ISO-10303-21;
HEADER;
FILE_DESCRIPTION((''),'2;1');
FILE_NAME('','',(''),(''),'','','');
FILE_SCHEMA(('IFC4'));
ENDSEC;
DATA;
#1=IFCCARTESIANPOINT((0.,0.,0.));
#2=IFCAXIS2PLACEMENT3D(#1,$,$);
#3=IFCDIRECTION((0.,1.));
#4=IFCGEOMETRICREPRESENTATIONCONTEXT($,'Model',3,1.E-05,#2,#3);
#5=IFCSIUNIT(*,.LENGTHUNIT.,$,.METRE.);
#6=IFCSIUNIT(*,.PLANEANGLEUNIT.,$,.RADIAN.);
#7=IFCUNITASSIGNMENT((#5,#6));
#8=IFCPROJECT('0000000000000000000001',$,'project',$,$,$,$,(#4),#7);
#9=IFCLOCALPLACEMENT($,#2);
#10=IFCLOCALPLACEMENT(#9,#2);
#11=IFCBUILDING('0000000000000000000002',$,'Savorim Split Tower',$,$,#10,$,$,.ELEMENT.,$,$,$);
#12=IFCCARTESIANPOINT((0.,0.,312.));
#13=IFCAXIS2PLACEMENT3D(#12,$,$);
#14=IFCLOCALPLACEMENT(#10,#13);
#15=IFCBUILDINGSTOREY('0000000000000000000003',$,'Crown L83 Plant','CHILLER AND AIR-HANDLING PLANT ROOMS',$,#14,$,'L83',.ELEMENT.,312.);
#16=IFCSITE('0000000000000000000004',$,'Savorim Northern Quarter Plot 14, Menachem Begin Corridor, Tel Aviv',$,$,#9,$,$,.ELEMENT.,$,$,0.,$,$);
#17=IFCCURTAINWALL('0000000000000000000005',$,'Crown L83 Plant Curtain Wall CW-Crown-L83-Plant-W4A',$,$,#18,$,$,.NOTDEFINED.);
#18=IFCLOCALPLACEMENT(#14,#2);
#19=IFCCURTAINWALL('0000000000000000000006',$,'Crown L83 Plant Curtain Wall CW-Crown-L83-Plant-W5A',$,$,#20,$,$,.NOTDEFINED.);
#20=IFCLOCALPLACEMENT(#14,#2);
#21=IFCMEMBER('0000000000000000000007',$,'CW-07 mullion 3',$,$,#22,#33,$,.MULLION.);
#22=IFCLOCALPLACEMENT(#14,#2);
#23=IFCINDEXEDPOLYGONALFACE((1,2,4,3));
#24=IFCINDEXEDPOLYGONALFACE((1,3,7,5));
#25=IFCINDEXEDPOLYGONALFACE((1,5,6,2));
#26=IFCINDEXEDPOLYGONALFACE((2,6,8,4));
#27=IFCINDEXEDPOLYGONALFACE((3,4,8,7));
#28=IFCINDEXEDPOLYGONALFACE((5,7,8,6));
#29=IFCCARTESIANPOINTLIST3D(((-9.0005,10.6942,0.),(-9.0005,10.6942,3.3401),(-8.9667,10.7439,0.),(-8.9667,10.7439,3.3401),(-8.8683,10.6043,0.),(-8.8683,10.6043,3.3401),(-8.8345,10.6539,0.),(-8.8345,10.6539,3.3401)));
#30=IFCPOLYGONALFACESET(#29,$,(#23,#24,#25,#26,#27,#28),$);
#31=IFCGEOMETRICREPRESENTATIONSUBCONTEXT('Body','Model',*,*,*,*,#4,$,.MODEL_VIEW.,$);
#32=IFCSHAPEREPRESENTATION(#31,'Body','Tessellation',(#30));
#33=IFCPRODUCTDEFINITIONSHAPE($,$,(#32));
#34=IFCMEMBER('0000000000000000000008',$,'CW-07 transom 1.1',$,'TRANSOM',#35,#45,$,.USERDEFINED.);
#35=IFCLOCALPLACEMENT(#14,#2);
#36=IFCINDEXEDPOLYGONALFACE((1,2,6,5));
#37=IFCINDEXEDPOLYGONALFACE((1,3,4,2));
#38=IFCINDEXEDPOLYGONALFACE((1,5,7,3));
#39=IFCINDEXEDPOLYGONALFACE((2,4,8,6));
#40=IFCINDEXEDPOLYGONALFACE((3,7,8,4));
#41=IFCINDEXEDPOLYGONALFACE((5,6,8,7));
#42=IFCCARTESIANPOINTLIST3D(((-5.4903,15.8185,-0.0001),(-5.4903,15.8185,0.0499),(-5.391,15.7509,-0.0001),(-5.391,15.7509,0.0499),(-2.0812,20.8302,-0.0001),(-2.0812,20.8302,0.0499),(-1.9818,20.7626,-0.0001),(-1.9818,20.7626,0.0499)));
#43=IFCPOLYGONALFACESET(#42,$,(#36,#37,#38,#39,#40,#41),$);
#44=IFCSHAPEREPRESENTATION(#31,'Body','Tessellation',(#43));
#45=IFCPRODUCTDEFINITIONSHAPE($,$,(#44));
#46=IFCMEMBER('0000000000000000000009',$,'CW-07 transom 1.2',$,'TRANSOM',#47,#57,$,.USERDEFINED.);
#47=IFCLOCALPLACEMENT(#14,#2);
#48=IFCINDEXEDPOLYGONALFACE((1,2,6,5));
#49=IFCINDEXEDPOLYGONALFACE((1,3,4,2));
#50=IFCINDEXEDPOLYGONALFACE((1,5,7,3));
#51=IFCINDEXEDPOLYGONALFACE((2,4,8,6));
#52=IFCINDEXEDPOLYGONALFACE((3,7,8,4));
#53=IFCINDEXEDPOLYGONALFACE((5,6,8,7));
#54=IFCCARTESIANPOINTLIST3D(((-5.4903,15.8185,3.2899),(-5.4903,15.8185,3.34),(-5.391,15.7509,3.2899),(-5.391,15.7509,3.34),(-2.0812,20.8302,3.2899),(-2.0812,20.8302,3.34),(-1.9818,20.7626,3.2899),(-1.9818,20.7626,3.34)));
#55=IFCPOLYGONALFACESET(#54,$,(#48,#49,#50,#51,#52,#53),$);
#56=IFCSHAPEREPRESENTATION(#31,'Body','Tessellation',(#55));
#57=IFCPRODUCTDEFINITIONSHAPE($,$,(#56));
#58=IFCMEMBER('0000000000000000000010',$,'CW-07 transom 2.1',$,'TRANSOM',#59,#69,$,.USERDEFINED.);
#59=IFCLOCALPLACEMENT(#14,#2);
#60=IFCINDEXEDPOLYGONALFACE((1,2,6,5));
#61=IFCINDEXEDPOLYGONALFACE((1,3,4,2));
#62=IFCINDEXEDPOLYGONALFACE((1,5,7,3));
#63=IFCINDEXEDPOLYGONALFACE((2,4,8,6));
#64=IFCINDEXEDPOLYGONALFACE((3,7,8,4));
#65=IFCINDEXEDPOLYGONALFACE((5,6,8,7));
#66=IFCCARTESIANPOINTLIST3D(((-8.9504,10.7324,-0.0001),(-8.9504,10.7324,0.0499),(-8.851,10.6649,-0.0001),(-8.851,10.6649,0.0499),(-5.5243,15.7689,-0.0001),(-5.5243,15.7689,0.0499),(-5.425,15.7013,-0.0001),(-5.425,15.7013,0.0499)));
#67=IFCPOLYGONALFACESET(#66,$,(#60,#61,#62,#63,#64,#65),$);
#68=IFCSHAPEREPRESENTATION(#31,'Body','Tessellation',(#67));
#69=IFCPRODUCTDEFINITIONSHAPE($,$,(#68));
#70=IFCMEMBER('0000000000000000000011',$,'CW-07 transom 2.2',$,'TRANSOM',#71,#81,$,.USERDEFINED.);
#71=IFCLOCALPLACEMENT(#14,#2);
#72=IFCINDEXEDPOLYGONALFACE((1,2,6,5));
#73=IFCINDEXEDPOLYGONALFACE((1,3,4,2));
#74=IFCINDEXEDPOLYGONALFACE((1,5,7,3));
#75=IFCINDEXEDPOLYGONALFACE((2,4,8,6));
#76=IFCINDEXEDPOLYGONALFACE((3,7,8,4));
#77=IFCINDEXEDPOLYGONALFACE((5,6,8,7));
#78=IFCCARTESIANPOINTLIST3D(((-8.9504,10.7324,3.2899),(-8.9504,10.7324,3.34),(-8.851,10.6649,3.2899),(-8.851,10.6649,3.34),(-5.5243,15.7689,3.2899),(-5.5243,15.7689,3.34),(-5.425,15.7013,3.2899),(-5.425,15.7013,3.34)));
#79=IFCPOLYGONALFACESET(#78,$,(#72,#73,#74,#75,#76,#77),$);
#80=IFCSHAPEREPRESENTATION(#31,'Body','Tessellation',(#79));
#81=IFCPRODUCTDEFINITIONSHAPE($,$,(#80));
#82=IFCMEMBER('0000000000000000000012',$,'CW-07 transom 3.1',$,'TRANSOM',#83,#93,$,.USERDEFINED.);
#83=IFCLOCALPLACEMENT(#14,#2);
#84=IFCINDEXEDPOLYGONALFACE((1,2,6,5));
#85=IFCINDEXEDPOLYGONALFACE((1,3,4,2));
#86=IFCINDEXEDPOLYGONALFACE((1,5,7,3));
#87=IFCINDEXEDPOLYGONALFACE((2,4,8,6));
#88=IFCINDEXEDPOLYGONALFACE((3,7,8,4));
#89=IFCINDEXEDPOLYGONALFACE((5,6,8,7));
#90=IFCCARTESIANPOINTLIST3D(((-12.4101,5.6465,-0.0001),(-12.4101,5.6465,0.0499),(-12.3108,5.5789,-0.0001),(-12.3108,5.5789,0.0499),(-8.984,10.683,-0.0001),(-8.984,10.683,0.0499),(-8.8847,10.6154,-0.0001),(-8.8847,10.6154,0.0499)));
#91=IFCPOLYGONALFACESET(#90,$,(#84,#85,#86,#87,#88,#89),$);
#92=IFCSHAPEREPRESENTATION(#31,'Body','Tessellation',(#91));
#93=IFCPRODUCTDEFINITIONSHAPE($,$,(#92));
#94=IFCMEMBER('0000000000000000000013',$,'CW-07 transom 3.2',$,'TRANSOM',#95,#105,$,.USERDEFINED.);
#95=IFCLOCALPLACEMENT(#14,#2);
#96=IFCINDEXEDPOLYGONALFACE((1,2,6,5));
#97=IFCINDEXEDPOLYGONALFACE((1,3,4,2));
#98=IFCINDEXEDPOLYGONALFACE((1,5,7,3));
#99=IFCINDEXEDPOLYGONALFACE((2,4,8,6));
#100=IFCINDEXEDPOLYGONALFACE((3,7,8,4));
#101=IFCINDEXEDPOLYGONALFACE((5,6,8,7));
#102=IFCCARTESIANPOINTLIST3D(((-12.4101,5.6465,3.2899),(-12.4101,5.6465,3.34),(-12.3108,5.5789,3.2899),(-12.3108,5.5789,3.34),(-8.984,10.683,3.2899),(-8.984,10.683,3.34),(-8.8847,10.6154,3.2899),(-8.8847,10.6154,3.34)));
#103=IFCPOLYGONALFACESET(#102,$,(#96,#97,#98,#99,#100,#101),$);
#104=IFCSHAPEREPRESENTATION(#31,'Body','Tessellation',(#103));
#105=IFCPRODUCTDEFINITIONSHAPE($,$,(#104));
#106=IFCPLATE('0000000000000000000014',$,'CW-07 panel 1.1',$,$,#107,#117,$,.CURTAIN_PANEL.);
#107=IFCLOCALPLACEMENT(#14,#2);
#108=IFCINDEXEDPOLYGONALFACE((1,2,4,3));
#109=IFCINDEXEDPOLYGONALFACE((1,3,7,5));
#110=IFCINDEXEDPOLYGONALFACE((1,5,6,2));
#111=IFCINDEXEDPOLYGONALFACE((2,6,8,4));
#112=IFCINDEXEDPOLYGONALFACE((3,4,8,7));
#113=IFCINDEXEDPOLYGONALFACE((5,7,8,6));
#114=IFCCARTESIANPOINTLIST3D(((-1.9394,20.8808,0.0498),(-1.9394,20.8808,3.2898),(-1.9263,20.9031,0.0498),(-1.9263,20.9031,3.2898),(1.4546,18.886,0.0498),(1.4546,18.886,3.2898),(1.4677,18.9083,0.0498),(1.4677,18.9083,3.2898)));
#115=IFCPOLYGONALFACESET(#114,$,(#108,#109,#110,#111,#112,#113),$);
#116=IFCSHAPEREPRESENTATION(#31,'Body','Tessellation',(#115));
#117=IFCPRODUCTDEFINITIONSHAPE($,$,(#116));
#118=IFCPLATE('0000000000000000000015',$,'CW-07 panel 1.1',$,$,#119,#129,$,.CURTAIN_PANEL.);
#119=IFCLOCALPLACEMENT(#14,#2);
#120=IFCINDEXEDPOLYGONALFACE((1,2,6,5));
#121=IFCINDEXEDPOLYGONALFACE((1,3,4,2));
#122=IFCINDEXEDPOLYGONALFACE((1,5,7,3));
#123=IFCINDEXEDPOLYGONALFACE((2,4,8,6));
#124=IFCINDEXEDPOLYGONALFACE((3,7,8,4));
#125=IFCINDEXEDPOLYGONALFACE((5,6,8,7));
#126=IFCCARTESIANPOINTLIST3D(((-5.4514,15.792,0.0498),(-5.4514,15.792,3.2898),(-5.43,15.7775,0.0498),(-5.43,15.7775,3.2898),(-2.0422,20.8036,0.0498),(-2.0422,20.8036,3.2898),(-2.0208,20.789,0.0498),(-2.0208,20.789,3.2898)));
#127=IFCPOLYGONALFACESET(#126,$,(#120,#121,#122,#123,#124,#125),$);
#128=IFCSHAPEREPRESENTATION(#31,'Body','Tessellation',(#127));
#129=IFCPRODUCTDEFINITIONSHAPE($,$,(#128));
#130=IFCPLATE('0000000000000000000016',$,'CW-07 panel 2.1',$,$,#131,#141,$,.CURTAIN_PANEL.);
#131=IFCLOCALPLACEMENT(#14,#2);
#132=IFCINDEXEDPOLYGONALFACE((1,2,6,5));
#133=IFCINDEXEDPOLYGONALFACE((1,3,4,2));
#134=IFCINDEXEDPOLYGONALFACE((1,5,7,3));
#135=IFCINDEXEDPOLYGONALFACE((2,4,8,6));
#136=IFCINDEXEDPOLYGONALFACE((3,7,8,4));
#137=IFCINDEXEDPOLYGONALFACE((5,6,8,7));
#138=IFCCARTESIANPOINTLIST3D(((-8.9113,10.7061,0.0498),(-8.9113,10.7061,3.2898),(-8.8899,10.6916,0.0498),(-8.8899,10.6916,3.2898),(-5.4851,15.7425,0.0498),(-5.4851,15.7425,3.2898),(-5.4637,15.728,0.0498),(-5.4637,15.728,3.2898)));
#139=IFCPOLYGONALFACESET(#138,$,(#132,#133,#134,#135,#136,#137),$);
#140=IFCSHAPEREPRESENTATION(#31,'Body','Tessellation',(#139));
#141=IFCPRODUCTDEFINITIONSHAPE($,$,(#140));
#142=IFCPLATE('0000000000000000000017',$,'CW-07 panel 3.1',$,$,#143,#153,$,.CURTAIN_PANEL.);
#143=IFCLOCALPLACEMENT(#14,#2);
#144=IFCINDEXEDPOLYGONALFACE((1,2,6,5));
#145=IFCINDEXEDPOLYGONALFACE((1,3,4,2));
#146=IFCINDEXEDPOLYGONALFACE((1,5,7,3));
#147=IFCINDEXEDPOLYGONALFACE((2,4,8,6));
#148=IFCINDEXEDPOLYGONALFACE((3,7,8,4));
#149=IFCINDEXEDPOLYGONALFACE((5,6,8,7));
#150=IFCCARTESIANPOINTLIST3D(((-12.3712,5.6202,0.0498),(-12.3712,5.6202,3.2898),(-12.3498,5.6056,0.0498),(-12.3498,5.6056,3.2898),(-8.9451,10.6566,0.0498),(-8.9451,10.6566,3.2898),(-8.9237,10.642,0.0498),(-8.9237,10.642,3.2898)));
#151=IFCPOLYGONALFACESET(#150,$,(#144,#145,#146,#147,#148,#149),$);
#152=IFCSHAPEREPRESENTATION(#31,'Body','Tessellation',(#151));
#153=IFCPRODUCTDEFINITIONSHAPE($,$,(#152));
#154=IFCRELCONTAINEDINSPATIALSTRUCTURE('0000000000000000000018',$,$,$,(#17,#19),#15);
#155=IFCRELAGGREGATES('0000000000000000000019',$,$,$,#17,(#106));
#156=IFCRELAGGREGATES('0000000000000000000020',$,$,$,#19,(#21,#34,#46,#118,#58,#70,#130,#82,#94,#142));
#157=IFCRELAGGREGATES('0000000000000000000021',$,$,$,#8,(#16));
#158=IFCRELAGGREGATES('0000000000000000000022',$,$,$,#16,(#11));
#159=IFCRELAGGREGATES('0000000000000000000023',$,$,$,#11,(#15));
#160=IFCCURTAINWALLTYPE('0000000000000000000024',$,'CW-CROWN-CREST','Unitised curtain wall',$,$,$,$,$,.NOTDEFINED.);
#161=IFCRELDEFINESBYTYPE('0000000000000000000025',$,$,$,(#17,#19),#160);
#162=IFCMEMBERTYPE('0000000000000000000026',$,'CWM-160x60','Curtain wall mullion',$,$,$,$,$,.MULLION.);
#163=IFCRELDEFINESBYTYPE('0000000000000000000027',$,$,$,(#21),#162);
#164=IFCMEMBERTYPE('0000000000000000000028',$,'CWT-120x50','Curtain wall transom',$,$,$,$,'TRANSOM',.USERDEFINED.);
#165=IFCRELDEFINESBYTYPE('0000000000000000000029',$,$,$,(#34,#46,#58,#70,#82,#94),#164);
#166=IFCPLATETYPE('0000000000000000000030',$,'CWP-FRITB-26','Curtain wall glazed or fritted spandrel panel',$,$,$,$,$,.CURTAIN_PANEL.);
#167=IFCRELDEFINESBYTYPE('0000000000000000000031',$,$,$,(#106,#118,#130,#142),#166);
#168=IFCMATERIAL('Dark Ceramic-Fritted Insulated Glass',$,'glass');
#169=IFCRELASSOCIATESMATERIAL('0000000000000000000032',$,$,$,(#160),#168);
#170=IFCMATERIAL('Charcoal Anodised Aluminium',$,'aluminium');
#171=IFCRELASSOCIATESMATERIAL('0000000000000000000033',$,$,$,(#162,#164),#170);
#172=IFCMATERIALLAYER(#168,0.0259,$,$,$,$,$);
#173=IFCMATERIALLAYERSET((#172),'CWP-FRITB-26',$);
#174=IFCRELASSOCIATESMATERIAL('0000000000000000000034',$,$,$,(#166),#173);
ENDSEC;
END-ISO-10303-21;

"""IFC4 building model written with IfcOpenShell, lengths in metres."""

from ifc_helpers import new_model, si_unit, direction, frame, origin, origin_2d, place, context, subcontext, project, spatial, rectangle, extrude, material, layer, layer_set, material_profile, profile_set, type_object, element, aggregate, save


model = new_model("IFC4")

# Units and contexts
model_context = context("Model", 3, precision=1e-05, world=origin(), true_north=direction((0.0, 1.0)))
body_context = subcontext(model_context, "Body", "Model", "MODEL_VIEW")
ifc_project = project(units=[si_unit("LENGTHUNIT", "METRE"), si_unit("PLANEANGLEUNIT", "RADIAN")], contexts=[model_context])

# Site, building, storey
site_placement = place(None, origin())
site = spatial("IfcSite", under=ifc_project, at=site_placement, Name="Savorim Northern Quarter Plot 14, Menachem Begin Corridor, Tel Aviv", CompositionType="ELEMENT", RefElevation=0.0)
building_placement = place(site_placement, origin())
building = spatial("IfcBuilding", under=site, at=building_placement, Name="Savorim Split Tower", CompositionType="ELEMENT")
storey_placement = place(building_placement, frame((0.0, 0.0, 312.0)))
storey = spatial("IfcBuildingStorey", under=building, at=storey_placement, Name="Crown L83 Plant", Description="CHILLER AND AIR-HANDLING PLANT ROOMS", LongName="L83", CompositionType="ELEMENT", Elevation=312.0)

# Curtain wall
ifc_material_1 = material(Name="Dark Ceramic-Fritted Insulated Glass", Category="glass")
curtain_wall_type = type_object("IfcCurtainWallType", Name="CW-CROWN-CREST", Description="Unitised curtain wall", PredefinedType="NOTDEFINED", material=ifc_material_1)
curtain_wall_1_placement = place(storey_placement, origin())
curtain_wall_1 = element("IfcCurtainWall", 1, at=curtain_wall_1_placement, inside=storey, type_object=curtain_wall_type, Name="Crown L83 Plant Curtain Wall CW-Crown-L83-Plant-W4A", PredefinedType="NOTDEFINED")
ifc_material_2 = material(Name="Charcoal Anodised Aluminium", Category="aluminium")
ifc_material_profile_1 = material_profile(ifc_material_2, rectangle(XDim=0.1599, YDim=0.0601, at=origin_2d()), Name="ALU-M 160x60")
ifc_profile_set_1 = profile_set([ifc_material_profile_1], Name="Charcoal Anodised Aluminium")
member_type_1 = type_object("IfcMemberType", Name="CWM-160x60", Description="Curtain wall mullion", PredefinedType="MULLION", material=ifc_profile_set_1)

# Curtain wall, members
curtain_wall_2_placement = place(storey_placement, origin())
curtain_wall_2 = element("IfcCurtainWall", 2, at=curtain_wall_2_placement, inside=storey, type_object=curtain_wall_type, Name="Crown L83 Plant Curtain Wall CW-Crown-L83-Plant-W5A", PredefinedType="NOTDEFINED")
member_1_placement = place(storey_placement, frame((-8.9175, 10.6741, 0.0), z_axis=(0.0, 0.0, 1.0), x_axis=(0.826821, -0.562465, 0.0)))
member_1 = element("IfcMember", 3, at=member_1_placement, type_object=member_type_1, Name="CW-07 mullion 3", PredefinedType="MULLION", context=body_context, shape_type="SweptSolid", body=[
    extrude(rectangle(XDim=0.1599, YDim=0.0601, at=origin_2d()), origin(), (0.0, 0.0, 1.0), 3.3401),
])
ifc_material_profile_2 = material_profile(ifc_material_2, rectangle(XDim=0.1201, YDim=0.05, at=origin_2d()), Name="ALU-T 120x50")
ifc_profile_set_2 = profile_set([ifc_material_profile_2], Name="Charcoal Anodised Aluminium")
member_type_2 = type_object("IfcMemberType", Name="CWT-120x50", Description="Curtain wall transom", ElementType="TRANSOM", PredefinedType="USERDEFINED", material=ifc_profile_set_2)
member_2_placement = place(storey_placement, frame((-2.0315, 20.7964, 0.0249), z_axis=(-0.562447, -0.826834, 0.0), x_axis=(0.826834, -0.562447, 0.0)))
member_2 = element("IfcMember", 4, at=member_2_placement, type_object=member_type_2, Name="CW-07 transom 1.1", ObjectType="TRANSOM", PredefinedType="USERDEFINED", context=body_context, shape_type="SweptSolid", body=[
    extrude(rectangle(XDim=0.1201, YDim=0.05, at=origin_2d()), origin(), (0.0, 0.0, 1.0), 6.0613),
])
member_3_placement = place(storey_placement, frame((-2.0315, 20.7964, 3.3149), z_axis=(-0.562447, -0.826834, 0.0), x_axis=(0.826834, -0.562447, 0.0)))
member_3 = element("IfcMember", 5, at=member_3_placement, type_object=member_type_2, Name="CW-07 transom 1.2", ObjectType="TRANSOM", PredefinedType="USERDEFINED", context=body_context, shape_type="SweptSolid", body=[
    extrude(rectangle(XDim=0.1201, YDim=0.05, at=origin_2d()), origin(), (0.0, 0.0, 1.0), 6.0613),
])
member_4_placement = place(storey_placement, frame((-5.4746, 15.7351, 0.0249), z_axis=(-0.562455, -0.826828, 0.0), x_axis=(0.826828, -0.562455, 0.0)))
member_4 = element("IfcMember", 6, at=member_4_placement, type_object=member_type_2, Name="CW-07 transom 2.1", ObjectType="TRANSOM", PredefinedType="USERDEFINED", context=body_context, shape_type="SweptSolid", body=[
    extrude(rectangle(XDim=0.1201, YDim=0.05, at=origin_2d()), origin(), (0.0, 0.0, 1.0), 6.0913),
])
member_5_placement = place(storey_placement, frame((-5.4746, 15.7351, 3.3149), z_axis=(-0.562455, -0.826828, 0.0), x_axis=(0.826828, -0.562455, 0.0)))
member_5 = element("IfcMember", 7, at=member_5_placement, type_object=member_type_2, Name="CW-07 transom 2.2", ObjectType="TRANSOM", PredefinedType="USERDEFINED", context=body_context, shape_type="SweptSolid", body=[
    extrude(rectangle(XDim=0.1201, YDim=0.05, at=origin_2d()), origin(), (0.0, 0.0, 1.0), 6.0913),
])
member_6_placement = place(storey_placement, frame((-8.9343, 10.6492, 0.0249), z_axis=(-0.562455, -0.826828, 0.0), x_axis=(0.826828, -0.562455, 0.0)))
member_6 = element("IfcMember", 8, at=member_6_placement, type_object=member_type_2, Name="CW-07 transom 3.1", ObjectType="TRANSOM", PredefinedType="USERDEFINED", context=body_context, shape_type="SweptSolid", body=[
    extrude(rectangle(XDim=0.1201, YDim=0.05, at=origin_2d()), origin(), (0.0, 0.0, 1.0), 6.0913),
])
member_7_placement = place(storey_placement, frame((-8.9343, 10.6492, 3.3149), z_axis=(-0.562455, -0.826828, 0.0), x_axis=(0.826828, -0.562455, 0.0)))
member_7 = element("IfcMember", 9, at=member_7_placement, type_object=member_type_2, Name="CW-07 transom 3.2", ObjectType="TRANSOM", PredefinedType="USERDEFINED", context=body_context, shape_type="SweptSolid", body=[
    extrude(rectangle(XDim=0.1201, YDim=0.05, at=origin_2d()), origin(), (0.0, 0.0, 1.0), 6.0913),
])

# Plates
ifc_layer_1 = layer(ifc_material_1, 0.0259)
ifc_layer_set_1 = layer_set([ifc_layer_1], Name="CWP-FRITB-26")
plate_type = type_object("IfcPlateType", Name="CWP-FRITB-26", Description="Curtain wall glazed or fritted spandrel panel", PredefinedType="CURTAIN_PANEL", material=ifc_layer_set_1)
plate_1_placement = place(storey_placement, frame((-0.2358, 19.8945, 0.0498), z_axis=(0.0, 0.0, 1.0), x_axis=(-0.862123, 0.506699, 0.0)))
plate_1 = element("IfcPlate", 10, at=plate_1_placement, type_object=plate_type, Name="CW-07 panel 1.1", PredefinedType="CURTAIN_PANEL", context=body_context, shape_type="SweptSolid", body=[
    extrude(rectangle(XDim=3.9368, YDim=0.0259, at=origin_2d()), origin(), (0.0, 0.0, 1.0), 3.24),
])
aggregate(curtain_wall_1, [plate_1])
plate_2_placement = place(storey_placement, frame((-3.7361, 18.2905, 0.0498), z_axis=(0.0, 0.0, 1.0), x_axis=(-0.562465, -0.826821, 0.0)))
plate_2 = element("IfcPlate", 11, at=plate_2_placement, type_object=plate_type, Name="CW-07 panel 1.1", PredefinedType="CURTAIN_PANEL", context=body_context, shape_type="SweptSolid", body=[
    extrude(rectangle(XDim=6.0613, YDim=0.0259, at=origin_2d()), origin(), (0.0, 0.0, 1.0), 3.24),
])
plate_3_placement = place(storey_placement, frame((-7.1875, 13.217, 0.0498), z_axis=(0.0, 0.0, 1.0), x_axis=(-0.562465, -0.826821, 0.0)))
plate_3 = element("IfcPlate", 12, at=plate_3_placement, type_object=plate_type, Name="CW-07 panel 2.1", PredefinedType="CURTAIN_PANEL", context=body_context, shape_type="SweptSolid", body=[
    extrude(rectangle(XDim=6.0913, YDim=0.0259, at=origin_2d()), origin(), (0.0, 0.0, 1.0), 3.24),
])
plate_4_placement = place(storey_placement, frame((-10.6475, 8.1311, 0.0498), z_axis=(0.0, 0.0, 1.0), x_axis=(-0.562465, -0.826821, 0.0)))
plate_4 = element("IfcPlate", 13, at=plate_4_placement, type_object=plate_type, Name="CW-07 panel 3.1", PredefinedType="CURTAIN_PANEL", context=body_context, shape_type="SweptSolid", body=[
    extrude(rectangle(XDim=6.0913, YDim=0.0259, at=origin_2d()), origin(), (0.0, 0.0, 1.0), 3.24),
])
aggregate(curtain_wall_2, [member_1, member_2, member_3, plate_2, member_4, member_5, plate_3, member_6, member_7, plate_4])

save(model, "model.ifc")
